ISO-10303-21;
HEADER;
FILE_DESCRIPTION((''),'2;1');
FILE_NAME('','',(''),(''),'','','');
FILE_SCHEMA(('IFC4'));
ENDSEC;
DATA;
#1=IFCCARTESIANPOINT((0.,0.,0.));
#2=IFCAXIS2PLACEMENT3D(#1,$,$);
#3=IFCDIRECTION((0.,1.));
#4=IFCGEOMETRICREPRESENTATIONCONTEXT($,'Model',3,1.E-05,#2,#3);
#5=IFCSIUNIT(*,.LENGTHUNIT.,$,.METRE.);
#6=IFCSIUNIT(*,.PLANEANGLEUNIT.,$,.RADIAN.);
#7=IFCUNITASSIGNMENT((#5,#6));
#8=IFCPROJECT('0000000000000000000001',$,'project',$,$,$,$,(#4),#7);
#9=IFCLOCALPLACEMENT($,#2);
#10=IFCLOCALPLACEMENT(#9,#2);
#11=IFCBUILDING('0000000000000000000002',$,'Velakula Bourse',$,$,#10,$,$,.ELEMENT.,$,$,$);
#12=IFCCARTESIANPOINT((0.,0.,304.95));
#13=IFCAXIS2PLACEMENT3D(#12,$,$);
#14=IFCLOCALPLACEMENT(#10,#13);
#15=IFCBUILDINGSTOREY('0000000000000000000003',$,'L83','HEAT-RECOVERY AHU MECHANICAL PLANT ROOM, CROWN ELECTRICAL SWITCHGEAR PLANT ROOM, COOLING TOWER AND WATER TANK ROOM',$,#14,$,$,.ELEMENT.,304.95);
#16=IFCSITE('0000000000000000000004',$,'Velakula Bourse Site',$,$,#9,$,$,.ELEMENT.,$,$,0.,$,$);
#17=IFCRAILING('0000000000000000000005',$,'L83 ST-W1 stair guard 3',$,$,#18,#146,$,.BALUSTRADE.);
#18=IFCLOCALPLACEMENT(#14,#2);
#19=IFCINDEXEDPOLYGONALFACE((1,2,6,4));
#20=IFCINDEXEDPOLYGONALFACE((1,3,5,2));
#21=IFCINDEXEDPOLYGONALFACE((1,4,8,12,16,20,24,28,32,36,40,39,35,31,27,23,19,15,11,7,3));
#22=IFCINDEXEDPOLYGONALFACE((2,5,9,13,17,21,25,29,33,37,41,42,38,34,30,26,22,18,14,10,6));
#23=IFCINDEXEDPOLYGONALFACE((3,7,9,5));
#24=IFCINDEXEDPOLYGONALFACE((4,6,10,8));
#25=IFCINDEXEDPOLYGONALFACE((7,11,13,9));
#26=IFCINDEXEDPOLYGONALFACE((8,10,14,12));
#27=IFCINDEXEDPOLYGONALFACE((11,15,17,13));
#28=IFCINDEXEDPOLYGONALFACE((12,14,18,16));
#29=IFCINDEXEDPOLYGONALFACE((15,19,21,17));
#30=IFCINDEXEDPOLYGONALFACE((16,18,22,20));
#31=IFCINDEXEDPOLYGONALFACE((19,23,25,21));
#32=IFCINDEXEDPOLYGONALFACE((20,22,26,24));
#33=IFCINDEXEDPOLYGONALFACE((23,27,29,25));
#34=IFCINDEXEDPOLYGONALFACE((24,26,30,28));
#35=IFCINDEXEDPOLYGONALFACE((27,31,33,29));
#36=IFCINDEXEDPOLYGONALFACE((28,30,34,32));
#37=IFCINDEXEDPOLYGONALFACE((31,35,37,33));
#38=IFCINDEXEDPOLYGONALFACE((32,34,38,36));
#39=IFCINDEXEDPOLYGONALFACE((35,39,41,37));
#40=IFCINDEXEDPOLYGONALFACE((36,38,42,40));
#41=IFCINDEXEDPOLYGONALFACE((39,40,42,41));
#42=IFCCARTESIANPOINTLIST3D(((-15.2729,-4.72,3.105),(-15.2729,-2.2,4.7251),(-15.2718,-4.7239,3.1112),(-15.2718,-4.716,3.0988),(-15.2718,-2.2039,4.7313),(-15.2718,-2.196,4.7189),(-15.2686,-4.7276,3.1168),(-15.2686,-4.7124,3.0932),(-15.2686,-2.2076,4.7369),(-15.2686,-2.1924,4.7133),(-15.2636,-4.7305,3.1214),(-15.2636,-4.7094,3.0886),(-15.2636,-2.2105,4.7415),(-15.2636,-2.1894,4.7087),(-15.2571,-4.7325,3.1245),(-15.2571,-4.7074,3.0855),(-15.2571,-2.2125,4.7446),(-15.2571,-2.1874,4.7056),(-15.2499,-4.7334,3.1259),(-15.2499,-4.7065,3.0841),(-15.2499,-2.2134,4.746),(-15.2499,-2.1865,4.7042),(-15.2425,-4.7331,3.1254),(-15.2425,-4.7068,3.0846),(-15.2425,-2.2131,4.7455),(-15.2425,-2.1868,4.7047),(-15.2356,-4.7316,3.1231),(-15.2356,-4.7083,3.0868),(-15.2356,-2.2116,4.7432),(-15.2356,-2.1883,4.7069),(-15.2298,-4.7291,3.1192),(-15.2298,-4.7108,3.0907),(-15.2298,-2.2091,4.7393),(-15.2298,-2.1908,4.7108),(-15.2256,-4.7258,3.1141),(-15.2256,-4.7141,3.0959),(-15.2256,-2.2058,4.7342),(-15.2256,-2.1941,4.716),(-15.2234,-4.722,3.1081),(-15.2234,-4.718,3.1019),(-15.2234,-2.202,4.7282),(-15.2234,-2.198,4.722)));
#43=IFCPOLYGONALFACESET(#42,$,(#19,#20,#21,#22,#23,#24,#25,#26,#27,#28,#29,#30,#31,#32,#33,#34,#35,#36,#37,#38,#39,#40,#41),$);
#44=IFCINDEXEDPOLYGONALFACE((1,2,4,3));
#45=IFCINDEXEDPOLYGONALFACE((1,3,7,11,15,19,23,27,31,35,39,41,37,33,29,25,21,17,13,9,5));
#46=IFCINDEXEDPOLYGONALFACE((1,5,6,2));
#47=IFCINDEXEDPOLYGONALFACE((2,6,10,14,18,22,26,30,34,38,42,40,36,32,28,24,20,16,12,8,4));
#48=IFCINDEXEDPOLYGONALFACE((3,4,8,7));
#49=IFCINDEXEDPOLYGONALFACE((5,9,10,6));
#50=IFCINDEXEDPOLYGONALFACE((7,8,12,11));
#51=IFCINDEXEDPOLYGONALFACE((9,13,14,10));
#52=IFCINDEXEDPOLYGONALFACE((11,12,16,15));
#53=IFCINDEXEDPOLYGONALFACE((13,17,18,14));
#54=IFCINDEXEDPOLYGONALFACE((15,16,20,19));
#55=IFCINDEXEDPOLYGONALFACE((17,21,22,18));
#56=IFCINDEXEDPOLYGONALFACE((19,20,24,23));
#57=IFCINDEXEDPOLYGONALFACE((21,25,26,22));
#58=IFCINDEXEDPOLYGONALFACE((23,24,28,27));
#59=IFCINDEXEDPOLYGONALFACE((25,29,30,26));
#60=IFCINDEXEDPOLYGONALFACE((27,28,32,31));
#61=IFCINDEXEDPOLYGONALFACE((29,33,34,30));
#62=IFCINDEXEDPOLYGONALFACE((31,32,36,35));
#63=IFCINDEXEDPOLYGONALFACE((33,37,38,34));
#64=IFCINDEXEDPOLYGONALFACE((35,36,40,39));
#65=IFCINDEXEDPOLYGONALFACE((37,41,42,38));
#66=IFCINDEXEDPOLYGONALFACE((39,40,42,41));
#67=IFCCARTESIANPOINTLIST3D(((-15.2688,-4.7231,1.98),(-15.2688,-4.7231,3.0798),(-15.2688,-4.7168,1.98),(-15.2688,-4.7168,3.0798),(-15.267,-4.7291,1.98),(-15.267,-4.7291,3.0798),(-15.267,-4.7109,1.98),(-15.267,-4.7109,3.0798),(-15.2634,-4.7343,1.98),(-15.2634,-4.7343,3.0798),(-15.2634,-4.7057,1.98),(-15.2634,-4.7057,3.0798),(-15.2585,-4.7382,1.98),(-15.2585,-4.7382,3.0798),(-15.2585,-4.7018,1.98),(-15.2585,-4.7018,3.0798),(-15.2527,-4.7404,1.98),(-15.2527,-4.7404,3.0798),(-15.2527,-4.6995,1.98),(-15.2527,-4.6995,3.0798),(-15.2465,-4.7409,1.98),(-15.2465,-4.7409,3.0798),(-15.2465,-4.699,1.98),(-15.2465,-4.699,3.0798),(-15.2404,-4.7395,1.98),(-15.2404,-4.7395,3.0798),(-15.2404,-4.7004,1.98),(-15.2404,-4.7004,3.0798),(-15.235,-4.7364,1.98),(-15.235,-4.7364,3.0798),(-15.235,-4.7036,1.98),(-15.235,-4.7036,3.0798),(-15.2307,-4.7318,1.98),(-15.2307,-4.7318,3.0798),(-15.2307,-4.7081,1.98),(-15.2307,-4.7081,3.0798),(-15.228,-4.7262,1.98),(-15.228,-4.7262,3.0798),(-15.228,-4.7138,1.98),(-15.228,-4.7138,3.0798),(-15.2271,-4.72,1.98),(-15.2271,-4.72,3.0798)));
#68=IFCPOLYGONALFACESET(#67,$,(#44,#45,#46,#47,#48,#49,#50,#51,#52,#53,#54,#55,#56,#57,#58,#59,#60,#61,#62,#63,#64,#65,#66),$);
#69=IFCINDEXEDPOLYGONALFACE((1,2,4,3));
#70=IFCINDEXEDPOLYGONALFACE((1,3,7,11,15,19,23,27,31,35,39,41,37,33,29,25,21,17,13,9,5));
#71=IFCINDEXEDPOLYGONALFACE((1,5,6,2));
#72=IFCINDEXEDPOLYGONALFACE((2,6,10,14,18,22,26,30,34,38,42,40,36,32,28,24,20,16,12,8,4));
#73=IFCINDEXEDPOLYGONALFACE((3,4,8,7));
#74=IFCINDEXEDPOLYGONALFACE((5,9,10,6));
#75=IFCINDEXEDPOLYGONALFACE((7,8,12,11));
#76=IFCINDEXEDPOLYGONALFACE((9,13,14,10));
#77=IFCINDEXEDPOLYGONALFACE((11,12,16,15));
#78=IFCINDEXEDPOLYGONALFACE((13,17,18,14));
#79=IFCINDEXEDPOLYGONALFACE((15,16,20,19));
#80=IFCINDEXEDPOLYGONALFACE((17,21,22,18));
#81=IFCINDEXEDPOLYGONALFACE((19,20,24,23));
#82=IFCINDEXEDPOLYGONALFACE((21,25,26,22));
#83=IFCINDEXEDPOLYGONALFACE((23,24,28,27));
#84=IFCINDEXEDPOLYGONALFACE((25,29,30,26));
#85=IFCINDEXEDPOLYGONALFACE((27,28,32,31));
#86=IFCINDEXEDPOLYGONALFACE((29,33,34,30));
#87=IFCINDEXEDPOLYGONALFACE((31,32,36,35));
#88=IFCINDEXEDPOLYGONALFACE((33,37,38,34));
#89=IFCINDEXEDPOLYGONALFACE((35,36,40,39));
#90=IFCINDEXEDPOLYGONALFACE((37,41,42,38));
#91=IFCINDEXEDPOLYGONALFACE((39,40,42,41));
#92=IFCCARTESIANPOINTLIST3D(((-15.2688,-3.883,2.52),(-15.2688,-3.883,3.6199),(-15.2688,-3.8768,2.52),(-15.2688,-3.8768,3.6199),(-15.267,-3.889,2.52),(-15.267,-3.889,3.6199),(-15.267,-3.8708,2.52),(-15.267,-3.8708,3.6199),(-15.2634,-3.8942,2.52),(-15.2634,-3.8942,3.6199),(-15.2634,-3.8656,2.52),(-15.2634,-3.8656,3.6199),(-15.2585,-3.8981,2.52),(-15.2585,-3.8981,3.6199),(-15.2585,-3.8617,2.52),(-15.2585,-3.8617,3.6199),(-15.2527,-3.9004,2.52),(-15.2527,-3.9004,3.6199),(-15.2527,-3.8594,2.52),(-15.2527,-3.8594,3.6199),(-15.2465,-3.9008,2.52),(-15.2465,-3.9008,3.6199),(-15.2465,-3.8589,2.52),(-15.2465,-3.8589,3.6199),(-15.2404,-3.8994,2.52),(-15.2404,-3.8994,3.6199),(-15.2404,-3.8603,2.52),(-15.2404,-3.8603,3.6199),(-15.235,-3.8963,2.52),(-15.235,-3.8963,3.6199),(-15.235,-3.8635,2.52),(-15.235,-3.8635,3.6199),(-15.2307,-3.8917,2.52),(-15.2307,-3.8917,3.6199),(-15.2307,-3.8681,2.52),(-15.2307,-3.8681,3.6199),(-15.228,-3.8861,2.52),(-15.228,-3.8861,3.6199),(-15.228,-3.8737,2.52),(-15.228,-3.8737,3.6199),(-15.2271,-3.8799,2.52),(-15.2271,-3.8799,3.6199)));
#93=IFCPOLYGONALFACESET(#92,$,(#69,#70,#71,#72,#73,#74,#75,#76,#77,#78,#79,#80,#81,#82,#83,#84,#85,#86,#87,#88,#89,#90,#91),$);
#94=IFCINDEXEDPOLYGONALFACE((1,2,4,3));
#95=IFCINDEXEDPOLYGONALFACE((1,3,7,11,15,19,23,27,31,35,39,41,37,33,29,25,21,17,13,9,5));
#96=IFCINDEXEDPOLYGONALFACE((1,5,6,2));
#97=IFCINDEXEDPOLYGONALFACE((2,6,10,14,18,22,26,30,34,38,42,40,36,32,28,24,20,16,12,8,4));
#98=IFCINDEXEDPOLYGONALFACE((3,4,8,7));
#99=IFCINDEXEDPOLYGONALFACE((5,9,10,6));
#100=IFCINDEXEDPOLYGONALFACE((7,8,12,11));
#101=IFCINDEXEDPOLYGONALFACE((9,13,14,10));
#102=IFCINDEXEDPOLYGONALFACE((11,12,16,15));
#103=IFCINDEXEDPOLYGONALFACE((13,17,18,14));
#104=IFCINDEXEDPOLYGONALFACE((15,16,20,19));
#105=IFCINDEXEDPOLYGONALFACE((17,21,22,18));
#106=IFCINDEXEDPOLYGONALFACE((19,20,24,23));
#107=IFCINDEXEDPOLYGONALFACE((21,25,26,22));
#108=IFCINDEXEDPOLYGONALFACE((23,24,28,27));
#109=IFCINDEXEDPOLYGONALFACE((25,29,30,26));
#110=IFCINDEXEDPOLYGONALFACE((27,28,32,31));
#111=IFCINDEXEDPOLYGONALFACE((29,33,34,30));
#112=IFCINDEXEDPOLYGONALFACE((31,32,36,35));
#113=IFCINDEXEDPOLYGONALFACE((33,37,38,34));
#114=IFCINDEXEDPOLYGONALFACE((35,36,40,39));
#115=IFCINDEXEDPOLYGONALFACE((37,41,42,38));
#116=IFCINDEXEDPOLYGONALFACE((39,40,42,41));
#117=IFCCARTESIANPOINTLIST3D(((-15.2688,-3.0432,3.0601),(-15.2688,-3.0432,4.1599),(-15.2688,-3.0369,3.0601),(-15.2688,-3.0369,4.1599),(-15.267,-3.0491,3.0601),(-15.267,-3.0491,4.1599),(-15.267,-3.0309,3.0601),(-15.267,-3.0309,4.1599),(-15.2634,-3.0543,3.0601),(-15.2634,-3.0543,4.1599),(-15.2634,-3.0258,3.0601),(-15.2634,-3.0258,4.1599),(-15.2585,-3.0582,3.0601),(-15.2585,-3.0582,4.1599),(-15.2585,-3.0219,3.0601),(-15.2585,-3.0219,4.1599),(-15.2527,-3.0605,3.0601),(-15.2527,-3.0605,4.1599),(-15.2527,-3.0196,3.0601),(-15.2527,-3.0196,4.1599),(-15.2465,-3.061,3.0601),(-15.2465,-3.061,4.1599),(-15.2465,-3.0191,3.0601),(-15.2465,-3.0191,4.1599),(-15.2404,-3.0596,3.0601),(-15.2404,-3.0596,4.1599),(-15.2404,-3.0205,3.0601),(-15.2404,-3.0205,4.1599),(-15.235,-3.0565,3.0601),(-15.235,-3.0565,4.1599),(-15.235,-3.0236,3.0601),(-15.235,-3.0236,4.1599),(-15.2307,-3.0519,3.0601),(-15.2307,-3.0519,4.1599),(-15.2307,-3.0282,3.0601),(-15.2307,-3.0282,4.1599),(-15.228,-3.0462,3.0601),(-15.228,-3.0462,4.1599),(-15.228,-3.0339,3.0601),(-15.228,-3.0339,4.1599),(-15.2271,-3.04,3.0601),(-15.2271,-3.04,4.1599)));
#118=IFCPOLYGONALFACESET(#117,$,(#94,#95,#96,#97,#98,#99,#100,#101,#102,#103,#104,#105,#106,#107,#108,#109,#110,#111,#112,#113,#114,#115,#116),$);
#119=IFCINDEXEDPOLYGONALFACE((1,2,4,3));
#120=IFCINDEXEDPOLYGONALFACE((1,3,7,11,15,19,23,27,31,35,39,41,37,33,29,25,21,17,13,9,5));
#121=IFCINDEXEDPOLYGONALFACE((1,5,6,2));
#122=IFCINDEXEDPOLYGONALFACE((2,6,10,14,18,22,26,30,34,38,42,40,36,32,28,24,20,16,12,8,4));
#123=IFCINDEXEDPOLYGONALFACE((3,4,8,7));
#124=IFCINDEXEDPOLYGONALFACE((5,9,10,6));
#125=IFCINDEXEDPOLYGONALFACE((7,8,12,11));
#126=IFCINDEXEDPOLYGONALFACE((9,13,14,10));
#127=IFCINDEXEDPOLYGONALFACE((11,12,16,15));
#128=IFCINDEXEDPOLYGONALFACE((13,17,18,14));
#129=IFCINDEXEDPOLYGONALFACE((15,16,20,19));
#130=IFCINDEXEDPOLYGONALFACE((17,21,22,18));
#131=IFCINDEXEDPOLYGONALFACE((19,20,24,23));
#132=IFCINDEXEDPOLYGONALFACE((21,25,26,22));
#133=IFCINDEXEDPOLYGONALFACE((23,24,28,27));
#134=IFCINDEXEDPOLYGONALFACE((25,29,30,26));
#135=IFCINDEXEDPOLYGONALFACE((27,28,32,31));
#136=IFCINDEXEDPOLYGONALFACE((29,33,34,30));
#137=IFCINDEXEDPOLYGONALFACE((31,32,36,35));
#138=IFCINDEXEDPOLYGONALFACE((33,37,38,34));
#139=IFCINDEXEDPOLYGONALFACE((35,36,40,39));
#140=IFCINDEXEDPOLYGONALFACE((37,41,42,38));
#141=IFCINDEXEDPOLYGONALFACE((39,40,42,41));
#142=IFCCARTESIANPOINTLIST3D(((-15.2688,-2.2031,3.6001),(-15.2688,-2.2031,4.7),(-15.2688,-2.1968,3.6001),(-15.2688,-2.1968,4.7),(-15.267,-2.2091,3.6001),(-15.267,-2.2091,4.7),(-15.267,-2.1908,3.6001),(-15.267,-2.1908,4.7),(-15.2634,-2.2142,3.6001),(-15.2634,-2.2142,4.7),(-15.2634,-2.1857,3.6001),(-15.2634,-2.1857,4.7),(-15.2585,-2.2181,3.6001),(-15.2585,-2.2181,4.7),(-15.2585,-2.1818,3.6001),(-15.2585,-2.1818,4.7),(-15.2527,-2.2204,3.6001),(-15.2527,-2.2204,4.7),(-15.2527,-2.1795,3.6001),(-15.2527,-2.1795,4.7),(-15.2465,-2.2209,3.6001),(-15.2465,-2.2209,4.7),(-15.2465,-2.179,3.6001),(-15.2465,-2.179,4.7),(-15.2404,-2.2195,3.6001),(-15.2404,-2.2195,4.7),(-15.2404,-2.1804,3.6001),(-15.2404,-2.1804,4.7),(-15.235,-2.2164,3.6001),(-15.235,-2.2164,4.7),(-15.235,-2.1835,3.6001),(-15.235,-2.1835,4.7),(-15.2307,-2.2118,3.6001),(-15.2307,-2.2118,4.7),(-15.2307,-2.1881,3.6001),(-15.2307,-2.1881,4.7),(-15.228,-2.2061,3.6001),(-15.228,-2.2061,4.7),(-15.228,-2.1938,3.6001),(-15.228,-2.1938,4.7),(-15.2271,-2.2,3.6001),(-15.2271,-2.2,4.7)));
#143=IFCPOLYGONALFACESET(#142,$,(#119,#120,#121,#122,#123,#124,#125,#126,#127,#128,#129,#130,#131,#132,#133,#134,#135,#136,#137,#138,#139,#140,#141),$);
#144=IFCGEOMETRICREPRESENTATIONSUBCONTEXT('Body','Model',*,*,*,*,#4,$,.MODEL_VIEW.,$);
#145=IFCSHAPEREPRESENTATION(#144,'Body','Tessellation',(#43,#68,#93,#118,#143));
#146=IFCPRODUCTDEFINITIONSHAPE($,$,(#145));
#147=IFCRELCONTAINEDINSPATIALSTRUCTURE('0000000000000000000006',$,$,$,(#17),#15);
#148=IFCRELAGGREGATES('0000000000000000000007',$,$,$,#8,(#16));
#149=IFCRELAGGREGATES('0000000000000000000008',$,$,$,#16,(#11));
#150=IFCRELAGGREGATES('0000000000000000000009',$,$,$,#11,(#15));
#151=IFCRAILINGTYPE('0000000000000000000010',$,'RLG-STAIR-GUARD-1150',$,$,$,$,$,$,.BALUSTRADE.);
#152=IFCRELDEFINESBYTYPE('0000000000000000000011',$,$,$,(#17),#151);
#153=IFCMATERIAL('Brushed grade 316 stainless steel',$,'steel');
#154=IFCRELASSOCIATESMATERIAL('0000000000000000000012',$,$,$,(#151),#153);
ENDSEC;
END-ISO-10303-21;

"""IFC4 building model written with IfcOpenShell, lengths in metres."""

from ifc_helpers import new_model, si_unit, direction, frame, origin, origin_2d, place, context, subcontext, project, spatial, circle, extrude, material, type_object, element, save


model = new_model("IFC4")

# Units and contexts
model_context = context("Model", 3, precision=1e-05, world=origin(), true_north=direction((0.0, 1.0)))
body_context = subcontext(model_context, "Body", "Model", "MODEL_VIEW")
ifc_project = project(units=[si_unit("LENGTHUNIT", "METRE"), si_unit("PLANEANGLEUNIT", "RADIAN")], contexts=[model_context])

# Site, building, storey
site_placement = place(None, origin())
site = spatial("IfcSite", under=ifc_project, at=site_placement, Name="Velakula Bourse Site", CompositionType="ELEMENT", RefElevation=0.0)
building_placement = place(site_placement, origin())
building = spatial("IfcBuilding", under=site, at=building_placement, Name="Velakula Bourse", CompositionType="ELEMENT")
storey_placement = place(building_placement, frame((0.0, 0.0, 304.95)))
storey = spatial("IfcBuildingStorey", under=building, at=storey_placement, Name="L83", Description="HEAT-RECOVERY AHU MECHANICAL PLANT ROOM, CROWN ELECTRICAL SWITCHGEAR PLANT ROOM, COOLING TOWER AND WATER TANK ROOM", CompositionType="ELEMENT", Elevation=304.95)

# Shared definitions
ifc_material_1 = material(Name="Brushed grade 316 stainless steel", Category="steel")

# Railing
railing_type_1 = type_object("IfcRailingType", Name="RLG-STAIR-GUARD-1150", PredefinedType="BALUSTRADE", material=ifc_material_1)
railing_1_placement = place(storey_placement, frame((-15.248, -4.72, 1.98)))
element("IfcRailing", 1, at=railing_1_placement, inside=storey, type_object=railing_type_1, Name="L83 ST-W1 stair guard 3", PredefinedType="BALUSTRADE", context=body_context, shape_type="SweptSolid", body=[
    extrude(circle(Radius=0.0249, at=origin_2d()), frame((0.0, 0.0, 1.125), z_axis=(0.0, 0.841163, 0.540782), x_axis=(-1.0, 0.0, 0.0)), (0.0, 0.0, 1.0), 2.9958),
    extrude(circle(Radius=0.021, at=origin_2d()), origin(), (0.0, 0.0, 1.0), 1.0999),
    extrude(circle(Radius=0.021, at=origin_2d()), frame((0.0, 0.8401, 0.54)), (0.0, 0.0, 1.0), 1.0999),
    extrude(circle(Radius=0.021, at=origin_2d()), frame((0.0, 1.6799, 1.0801)), (0.0, 0.0, 1.0), 1.0999),
    extrude(circle(Radius=0.021, at=origin_2d()), frame((0.0, 2.52, 1.6201)), (0.0, 0.0, 1.0), 1.0999),
])

save(model, "model.ifc")
